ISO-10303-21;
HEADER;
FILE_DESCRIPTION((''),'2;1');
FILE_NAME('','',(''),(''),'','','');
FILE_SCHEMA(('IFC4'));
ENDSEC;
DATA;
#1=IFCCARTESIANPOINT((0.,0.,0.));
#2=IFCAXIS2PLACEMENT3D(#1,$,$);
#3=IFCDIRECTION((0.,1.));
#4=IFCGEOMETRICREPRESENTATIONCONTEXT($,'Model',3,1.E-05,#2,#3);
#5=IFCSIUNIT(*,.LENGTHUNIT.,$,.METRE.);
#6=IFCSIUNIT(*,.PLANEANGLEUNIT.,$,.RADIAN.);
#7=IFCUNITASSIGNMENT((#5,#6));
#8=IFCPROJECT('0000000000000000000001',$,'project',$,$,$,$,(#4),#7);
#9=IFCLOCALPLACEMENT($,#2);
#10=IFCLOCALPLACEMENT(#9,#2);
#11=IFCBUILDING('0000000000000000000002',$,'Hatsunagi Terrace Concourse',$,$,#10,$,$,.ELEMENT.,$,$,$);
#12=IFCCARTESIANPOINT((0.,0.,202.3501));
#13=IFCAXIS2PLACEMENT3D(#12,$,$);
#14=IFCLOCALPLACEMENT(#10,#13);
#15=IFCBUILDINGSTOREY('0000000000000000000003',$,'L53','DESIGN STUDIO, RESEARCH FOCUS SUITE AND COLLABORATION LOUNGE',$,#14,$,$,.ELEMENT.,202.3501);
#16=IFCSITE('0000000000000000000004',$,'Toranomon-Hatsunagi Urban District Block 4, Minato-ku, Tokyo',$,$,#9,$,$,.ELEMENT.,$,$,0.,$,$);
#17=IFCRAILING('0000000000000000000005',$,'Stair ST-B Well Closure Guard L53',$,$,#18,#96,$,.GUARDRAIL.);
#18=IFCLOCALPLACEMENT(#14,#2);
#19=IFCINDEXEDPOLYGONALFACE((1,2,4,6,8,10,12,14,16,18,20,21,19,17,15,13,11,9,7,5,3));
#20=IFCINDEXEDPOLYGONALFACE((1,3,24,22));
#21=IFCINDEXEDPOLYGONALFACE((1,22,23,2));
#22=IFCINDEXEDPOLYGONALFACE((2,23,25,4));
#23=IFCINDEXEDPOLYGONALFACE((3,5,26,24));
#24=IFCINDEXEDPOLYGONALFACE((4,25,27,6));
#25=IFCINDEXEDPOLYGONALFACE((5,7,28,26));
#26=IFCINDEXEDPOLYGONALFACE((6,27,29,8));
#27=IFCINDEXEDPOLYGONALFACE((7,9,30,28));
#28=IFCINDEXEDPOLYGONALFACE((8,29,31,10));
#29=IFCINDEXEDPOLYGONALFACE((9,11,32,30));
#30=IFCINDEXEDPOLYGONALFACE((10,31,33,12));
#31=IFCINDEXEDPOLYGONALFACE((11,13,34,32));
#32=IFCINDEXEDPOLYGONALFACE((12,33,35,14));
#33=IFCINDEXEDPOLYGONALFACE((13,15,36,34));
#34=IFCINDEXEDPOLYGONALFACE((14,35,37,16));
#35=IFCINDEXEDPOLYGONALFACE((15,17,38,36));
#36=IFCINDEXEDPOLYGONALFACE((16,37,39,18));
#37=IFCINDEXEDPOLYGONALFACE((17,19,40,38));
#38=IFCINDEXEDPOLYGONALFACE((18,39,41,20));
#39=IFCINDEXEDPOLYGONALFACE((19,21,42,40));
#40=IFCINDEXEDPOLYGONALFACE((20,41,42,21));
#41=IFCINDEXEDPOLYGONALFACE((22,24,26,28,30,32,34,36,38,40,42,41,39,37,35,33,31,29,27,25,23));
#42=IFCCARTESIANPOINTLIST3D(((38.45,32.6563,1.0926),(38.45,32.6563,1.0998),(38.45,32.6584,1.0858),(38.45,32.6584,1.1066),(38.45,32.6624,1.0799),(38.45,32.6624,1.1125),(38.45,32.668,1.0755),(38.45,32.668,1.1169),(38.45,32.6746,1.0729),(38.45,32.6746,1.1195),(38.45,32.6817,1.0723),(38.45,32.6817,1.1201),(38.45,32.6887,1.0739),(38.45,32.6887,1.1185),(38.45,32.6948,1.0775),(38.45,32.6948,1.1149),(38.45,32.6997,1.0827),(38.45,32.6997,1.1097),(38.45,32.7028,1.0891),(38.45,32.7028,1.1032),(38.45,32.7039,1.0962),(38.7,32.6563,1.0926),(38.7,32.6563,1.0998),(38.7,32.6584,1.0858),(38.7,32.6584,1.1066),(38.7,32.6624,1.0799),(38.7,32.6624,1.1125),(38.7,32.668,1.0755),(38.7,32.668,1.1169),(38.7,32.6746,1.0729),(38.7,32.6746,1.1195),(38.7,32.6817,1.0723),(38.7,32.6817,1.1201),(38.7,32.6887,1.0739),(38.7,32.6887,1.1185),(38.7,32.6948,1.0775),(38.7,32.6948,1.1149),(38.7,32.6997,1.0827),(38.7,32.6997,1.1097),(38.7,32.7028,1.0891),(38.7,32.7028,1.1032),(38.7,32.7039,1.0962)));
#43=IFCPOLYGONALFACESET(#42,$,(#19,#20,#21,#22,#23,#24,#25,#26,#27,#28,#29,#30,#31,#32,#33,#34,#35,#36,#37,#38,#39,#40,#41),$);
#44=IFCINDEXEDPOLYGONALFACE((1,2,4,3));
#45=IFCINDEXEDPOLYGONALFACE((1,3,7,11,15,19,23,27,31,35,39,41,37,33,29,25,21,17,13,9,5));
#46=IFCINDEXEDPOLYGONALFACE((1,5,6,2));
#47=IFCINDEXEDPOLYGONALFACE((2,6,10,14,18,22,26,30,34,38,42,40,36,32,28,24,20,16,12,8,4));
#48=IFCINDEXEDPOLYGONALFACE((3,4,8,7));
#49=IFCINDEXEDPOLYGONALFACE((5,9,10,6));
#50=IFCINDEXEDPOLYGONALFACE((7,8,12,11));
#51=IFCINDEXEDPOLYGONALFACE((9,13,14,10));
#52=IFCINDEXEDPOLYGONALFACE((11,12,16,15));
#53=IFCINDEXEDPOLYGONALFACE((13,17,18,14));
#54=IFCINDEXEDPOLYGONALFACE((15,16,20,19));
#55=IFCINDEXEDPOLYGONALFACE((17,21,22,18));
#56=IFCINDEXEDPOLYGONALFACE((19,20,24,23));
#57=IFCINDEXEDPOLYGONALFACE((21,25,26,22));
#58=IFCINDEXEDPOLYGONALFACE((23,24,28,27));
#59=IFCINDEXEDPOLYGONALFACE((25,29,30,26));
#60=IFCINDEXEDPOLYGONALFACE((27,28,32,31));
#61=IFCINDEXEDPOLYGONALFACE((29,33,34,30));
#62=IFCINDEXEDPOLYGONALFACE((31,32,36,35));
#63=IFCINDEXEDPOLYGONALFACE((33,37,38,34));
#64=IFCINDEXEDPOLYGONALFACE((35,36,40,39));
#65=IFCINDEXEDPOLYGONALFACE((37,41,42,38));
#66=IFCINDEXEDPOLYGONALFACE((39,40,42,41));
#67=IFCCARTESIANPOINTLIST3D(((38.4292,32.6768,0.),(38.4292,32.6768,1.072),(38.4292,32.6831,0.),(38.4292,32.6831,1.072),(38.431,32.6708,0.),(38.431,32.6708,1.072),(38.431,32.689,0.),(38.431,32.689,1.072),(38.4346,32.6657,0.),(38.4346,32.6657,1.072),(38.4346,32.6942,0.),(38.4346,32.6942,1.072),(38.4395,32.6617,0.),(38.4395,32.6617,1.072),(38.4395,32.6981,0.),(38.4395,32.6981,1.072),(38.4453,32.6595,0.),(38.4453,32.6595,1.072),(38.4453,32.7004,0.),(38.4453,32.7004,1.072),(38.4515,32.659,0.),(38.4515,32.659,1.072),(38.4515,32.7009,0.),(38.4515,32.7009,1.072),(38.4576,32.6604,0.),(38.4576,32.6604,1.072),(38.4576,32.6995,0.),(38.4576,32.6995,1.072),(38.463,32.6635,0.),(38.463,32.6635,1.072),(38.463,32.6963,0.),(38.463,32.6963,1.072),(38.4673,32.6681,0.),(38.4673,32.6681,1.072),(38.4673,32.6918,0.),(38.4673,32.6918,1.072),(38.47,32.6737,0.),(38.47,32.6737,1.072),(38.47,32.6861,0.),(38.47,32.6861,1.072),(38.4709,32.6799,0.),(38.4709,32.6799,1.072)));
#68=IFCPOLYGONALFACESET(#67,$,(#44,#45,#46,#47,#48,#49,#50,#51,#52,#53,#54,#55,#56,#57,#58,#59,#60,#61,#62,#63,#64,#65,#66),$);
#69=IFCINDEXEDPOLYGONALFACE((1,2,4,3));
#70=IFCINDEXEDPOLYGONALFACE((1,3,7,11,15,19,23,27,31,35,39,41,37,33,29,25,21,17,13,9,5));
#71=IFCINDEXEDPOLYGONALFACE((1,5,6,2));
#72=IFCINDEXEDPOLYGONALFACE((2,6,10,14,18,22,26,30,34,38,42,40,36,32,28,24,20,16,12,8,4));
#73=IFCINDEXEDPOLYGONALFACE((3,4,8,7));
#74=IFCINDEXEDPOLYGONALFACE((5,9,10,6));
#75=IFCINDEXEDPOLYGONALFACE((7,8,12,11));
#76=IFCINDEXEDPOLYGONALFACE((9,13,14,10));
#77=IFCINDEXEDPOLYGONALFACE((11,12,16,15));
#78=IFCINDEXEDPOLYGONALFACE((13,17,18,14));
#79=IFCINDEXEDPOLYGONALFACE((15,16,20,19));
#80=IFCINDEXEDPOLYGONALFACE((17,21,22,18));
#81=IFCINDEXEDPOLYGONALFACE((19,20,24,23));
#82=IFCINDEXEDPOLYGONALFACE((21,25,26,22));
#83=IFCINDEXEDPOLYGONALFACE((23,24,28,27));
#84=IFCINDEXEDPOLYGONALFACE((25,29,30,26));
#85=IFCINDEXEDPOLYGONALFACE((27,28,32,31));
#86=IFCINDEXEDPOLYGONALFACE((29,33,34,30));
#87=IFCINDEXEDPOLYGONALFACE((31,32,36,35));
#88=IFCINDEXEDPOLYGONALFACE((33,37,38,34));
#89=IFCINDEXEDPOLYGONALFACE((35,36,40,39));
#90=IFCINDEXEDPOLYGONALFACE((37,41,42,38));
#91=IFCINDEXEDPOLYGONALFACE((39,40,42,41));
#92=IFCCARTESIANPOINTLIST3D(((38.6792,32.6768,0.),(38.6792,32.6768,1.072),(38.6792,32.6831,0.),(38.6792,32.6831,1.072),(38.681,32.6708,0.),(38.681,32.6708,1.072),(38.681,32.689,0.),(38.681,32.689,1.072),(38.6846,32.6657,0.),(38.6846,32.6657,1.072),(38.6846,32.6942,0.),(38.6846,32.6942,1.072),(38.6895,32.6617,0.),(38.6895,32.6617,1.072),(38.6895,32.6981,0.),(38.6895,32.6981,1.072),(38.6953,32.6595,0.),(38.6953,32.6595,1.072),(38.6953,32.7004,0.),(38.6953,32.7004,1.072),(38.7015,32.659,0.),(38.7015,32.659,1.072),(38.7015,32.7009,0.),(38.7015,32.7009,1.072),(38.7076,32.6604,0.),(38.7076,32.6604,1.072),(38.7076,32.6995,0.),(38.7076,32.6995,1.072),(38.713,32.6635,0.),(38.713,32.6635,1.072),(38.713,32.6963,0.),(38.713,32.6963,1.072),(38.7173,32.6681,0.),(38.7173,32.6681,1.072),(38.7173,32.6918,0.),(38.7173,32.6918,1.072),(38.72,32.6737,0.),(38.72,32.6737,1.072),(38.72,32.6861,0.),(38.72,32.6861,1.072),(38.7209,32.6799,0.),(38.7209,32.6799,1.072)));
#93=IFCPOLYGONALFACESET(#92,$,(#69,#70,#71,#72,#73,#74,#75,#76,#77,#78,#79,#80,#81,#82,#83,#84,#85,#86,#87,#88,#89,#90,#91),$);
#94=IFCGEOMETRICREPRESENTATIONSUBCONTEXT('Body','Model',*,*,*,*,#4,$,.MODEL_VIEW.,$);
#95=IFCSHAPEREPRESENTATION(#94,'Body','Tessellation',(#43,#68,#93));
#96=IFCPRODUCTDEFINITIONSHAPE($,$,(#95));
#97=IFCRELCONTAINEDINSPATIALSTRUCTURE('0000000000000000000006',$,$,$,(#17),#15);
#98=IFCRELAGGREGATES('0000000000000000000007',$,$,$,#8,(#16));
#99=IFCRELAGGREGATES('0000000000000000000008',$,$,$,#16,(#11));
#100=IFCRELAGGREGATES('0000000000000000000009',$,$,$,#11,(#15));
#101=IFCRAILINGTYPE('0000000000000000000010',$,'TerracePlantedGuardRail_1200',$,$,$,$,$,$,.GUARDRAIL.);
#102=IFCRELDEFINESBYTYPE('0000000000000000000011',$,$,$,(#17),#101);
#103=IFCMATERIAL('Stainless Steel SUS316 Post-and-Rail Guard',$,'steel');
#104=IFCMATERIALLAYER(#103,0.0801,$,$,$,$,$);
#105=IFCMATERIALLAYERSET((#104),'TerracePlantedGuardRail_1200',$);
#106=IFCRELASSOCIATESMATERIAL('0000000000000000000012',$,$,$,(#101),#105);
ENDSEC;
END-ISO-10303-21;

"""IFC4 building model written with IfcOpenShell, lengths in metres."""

from ifc_helpers import new_model, si_unit, direction, frame, origin, origin_2d, place, context, subcontext, project, spatial, circle, extrude, material, layer, layer_set, type_object, element, save


model = new_model("IFC4")

# Units and contexts
model_context = context("Model", 3, precision=1e-05, world=origin(), true_north=direction((0.0, 1.0)))
body_context = subcontext(model_context, "Body", "Model", "MODEL_VIEW")
ifc_project = project(units=[si_unit("LENGTHUNIT", "METRE"), si_unit("PLANEANGLEUNIT", "RADIAN")], contexts=[model_context])

# Site, building, storey
site_placement = place(None, origin())
site = spatial("IfcSite", under=ifc_project, at=site_placement, Name="Toranomon-Hatsunagi Urban District Block 4, Minato-ku, Tokyo", CompositionType="ELEMENT", RefElevation=0.0)
building_placement = place(site_placement, origin())
building = spatial("IfcBuilding", under=site, at=building_placement, Name="Hatsunagi Terrace Concourse", CompositionType="ELEMENT")
storey_placement = place(building_placement, frame((0.0, 0.0, 202.3501)))
storey = spatial("IfcBuildingStorey", under=building, at=storey_placement, Name="L53", Description="DESIGN STUDIO, RESEARCH FOCUS SUITE AND COLLABORATION LOUNGE", CompositionType="ELEMENT", Elevation=202.3501)

# Railing
ifc_material_1 = material(Name="Stainless Steel SUS316 Post-and-Rail Guard", Category="steel")
ifc_layer_1 = layer(ifc_material_1, 0.0801)
ifc_layer_set_1 = layer_set([ifc_layer_1], Name="TerracePlantedGuardRail_1200")
railing_type_1 = type_object("IfcRailingType", Name="TerracePlantedGuardRail_1200", PredefinedType="GUARDRAIL", material=ifc_layer_set_1)
railing_1_placement = place(storey_placement, frame((38.45, 32.6799, 0.0)))
element("IfcRailing", 1, at=railing_1_placement, inside=storey, type_object=railing_type_1, Name="Stair ST-B Well Closure Guard L53", PredefinedType="GUARDRAIL", context=body_context, shape_type="SweptSolid", body=[
    extrude(circle(Radius=0.0239, at=origin_2d()), frame((0.0, 0.0, 1.0962), z_axis=(1.0, 0.0, 0.0), x_axis=(0.0, 1.0, 0.0)), (0.0, 0.0, 1.0), 0.25),
    extrude(circle(Radius=0.021, at=origin_2d()), origin(), (0.0, 0.0, 1.0), 1.072),
    extrude(circle(Radius=0.021, at=origin_2d()), frame((0.25, 0.0, 0.0)), (0.0, 0.0, 1.0), 1.072),
])

save(model, "model.ifc")
